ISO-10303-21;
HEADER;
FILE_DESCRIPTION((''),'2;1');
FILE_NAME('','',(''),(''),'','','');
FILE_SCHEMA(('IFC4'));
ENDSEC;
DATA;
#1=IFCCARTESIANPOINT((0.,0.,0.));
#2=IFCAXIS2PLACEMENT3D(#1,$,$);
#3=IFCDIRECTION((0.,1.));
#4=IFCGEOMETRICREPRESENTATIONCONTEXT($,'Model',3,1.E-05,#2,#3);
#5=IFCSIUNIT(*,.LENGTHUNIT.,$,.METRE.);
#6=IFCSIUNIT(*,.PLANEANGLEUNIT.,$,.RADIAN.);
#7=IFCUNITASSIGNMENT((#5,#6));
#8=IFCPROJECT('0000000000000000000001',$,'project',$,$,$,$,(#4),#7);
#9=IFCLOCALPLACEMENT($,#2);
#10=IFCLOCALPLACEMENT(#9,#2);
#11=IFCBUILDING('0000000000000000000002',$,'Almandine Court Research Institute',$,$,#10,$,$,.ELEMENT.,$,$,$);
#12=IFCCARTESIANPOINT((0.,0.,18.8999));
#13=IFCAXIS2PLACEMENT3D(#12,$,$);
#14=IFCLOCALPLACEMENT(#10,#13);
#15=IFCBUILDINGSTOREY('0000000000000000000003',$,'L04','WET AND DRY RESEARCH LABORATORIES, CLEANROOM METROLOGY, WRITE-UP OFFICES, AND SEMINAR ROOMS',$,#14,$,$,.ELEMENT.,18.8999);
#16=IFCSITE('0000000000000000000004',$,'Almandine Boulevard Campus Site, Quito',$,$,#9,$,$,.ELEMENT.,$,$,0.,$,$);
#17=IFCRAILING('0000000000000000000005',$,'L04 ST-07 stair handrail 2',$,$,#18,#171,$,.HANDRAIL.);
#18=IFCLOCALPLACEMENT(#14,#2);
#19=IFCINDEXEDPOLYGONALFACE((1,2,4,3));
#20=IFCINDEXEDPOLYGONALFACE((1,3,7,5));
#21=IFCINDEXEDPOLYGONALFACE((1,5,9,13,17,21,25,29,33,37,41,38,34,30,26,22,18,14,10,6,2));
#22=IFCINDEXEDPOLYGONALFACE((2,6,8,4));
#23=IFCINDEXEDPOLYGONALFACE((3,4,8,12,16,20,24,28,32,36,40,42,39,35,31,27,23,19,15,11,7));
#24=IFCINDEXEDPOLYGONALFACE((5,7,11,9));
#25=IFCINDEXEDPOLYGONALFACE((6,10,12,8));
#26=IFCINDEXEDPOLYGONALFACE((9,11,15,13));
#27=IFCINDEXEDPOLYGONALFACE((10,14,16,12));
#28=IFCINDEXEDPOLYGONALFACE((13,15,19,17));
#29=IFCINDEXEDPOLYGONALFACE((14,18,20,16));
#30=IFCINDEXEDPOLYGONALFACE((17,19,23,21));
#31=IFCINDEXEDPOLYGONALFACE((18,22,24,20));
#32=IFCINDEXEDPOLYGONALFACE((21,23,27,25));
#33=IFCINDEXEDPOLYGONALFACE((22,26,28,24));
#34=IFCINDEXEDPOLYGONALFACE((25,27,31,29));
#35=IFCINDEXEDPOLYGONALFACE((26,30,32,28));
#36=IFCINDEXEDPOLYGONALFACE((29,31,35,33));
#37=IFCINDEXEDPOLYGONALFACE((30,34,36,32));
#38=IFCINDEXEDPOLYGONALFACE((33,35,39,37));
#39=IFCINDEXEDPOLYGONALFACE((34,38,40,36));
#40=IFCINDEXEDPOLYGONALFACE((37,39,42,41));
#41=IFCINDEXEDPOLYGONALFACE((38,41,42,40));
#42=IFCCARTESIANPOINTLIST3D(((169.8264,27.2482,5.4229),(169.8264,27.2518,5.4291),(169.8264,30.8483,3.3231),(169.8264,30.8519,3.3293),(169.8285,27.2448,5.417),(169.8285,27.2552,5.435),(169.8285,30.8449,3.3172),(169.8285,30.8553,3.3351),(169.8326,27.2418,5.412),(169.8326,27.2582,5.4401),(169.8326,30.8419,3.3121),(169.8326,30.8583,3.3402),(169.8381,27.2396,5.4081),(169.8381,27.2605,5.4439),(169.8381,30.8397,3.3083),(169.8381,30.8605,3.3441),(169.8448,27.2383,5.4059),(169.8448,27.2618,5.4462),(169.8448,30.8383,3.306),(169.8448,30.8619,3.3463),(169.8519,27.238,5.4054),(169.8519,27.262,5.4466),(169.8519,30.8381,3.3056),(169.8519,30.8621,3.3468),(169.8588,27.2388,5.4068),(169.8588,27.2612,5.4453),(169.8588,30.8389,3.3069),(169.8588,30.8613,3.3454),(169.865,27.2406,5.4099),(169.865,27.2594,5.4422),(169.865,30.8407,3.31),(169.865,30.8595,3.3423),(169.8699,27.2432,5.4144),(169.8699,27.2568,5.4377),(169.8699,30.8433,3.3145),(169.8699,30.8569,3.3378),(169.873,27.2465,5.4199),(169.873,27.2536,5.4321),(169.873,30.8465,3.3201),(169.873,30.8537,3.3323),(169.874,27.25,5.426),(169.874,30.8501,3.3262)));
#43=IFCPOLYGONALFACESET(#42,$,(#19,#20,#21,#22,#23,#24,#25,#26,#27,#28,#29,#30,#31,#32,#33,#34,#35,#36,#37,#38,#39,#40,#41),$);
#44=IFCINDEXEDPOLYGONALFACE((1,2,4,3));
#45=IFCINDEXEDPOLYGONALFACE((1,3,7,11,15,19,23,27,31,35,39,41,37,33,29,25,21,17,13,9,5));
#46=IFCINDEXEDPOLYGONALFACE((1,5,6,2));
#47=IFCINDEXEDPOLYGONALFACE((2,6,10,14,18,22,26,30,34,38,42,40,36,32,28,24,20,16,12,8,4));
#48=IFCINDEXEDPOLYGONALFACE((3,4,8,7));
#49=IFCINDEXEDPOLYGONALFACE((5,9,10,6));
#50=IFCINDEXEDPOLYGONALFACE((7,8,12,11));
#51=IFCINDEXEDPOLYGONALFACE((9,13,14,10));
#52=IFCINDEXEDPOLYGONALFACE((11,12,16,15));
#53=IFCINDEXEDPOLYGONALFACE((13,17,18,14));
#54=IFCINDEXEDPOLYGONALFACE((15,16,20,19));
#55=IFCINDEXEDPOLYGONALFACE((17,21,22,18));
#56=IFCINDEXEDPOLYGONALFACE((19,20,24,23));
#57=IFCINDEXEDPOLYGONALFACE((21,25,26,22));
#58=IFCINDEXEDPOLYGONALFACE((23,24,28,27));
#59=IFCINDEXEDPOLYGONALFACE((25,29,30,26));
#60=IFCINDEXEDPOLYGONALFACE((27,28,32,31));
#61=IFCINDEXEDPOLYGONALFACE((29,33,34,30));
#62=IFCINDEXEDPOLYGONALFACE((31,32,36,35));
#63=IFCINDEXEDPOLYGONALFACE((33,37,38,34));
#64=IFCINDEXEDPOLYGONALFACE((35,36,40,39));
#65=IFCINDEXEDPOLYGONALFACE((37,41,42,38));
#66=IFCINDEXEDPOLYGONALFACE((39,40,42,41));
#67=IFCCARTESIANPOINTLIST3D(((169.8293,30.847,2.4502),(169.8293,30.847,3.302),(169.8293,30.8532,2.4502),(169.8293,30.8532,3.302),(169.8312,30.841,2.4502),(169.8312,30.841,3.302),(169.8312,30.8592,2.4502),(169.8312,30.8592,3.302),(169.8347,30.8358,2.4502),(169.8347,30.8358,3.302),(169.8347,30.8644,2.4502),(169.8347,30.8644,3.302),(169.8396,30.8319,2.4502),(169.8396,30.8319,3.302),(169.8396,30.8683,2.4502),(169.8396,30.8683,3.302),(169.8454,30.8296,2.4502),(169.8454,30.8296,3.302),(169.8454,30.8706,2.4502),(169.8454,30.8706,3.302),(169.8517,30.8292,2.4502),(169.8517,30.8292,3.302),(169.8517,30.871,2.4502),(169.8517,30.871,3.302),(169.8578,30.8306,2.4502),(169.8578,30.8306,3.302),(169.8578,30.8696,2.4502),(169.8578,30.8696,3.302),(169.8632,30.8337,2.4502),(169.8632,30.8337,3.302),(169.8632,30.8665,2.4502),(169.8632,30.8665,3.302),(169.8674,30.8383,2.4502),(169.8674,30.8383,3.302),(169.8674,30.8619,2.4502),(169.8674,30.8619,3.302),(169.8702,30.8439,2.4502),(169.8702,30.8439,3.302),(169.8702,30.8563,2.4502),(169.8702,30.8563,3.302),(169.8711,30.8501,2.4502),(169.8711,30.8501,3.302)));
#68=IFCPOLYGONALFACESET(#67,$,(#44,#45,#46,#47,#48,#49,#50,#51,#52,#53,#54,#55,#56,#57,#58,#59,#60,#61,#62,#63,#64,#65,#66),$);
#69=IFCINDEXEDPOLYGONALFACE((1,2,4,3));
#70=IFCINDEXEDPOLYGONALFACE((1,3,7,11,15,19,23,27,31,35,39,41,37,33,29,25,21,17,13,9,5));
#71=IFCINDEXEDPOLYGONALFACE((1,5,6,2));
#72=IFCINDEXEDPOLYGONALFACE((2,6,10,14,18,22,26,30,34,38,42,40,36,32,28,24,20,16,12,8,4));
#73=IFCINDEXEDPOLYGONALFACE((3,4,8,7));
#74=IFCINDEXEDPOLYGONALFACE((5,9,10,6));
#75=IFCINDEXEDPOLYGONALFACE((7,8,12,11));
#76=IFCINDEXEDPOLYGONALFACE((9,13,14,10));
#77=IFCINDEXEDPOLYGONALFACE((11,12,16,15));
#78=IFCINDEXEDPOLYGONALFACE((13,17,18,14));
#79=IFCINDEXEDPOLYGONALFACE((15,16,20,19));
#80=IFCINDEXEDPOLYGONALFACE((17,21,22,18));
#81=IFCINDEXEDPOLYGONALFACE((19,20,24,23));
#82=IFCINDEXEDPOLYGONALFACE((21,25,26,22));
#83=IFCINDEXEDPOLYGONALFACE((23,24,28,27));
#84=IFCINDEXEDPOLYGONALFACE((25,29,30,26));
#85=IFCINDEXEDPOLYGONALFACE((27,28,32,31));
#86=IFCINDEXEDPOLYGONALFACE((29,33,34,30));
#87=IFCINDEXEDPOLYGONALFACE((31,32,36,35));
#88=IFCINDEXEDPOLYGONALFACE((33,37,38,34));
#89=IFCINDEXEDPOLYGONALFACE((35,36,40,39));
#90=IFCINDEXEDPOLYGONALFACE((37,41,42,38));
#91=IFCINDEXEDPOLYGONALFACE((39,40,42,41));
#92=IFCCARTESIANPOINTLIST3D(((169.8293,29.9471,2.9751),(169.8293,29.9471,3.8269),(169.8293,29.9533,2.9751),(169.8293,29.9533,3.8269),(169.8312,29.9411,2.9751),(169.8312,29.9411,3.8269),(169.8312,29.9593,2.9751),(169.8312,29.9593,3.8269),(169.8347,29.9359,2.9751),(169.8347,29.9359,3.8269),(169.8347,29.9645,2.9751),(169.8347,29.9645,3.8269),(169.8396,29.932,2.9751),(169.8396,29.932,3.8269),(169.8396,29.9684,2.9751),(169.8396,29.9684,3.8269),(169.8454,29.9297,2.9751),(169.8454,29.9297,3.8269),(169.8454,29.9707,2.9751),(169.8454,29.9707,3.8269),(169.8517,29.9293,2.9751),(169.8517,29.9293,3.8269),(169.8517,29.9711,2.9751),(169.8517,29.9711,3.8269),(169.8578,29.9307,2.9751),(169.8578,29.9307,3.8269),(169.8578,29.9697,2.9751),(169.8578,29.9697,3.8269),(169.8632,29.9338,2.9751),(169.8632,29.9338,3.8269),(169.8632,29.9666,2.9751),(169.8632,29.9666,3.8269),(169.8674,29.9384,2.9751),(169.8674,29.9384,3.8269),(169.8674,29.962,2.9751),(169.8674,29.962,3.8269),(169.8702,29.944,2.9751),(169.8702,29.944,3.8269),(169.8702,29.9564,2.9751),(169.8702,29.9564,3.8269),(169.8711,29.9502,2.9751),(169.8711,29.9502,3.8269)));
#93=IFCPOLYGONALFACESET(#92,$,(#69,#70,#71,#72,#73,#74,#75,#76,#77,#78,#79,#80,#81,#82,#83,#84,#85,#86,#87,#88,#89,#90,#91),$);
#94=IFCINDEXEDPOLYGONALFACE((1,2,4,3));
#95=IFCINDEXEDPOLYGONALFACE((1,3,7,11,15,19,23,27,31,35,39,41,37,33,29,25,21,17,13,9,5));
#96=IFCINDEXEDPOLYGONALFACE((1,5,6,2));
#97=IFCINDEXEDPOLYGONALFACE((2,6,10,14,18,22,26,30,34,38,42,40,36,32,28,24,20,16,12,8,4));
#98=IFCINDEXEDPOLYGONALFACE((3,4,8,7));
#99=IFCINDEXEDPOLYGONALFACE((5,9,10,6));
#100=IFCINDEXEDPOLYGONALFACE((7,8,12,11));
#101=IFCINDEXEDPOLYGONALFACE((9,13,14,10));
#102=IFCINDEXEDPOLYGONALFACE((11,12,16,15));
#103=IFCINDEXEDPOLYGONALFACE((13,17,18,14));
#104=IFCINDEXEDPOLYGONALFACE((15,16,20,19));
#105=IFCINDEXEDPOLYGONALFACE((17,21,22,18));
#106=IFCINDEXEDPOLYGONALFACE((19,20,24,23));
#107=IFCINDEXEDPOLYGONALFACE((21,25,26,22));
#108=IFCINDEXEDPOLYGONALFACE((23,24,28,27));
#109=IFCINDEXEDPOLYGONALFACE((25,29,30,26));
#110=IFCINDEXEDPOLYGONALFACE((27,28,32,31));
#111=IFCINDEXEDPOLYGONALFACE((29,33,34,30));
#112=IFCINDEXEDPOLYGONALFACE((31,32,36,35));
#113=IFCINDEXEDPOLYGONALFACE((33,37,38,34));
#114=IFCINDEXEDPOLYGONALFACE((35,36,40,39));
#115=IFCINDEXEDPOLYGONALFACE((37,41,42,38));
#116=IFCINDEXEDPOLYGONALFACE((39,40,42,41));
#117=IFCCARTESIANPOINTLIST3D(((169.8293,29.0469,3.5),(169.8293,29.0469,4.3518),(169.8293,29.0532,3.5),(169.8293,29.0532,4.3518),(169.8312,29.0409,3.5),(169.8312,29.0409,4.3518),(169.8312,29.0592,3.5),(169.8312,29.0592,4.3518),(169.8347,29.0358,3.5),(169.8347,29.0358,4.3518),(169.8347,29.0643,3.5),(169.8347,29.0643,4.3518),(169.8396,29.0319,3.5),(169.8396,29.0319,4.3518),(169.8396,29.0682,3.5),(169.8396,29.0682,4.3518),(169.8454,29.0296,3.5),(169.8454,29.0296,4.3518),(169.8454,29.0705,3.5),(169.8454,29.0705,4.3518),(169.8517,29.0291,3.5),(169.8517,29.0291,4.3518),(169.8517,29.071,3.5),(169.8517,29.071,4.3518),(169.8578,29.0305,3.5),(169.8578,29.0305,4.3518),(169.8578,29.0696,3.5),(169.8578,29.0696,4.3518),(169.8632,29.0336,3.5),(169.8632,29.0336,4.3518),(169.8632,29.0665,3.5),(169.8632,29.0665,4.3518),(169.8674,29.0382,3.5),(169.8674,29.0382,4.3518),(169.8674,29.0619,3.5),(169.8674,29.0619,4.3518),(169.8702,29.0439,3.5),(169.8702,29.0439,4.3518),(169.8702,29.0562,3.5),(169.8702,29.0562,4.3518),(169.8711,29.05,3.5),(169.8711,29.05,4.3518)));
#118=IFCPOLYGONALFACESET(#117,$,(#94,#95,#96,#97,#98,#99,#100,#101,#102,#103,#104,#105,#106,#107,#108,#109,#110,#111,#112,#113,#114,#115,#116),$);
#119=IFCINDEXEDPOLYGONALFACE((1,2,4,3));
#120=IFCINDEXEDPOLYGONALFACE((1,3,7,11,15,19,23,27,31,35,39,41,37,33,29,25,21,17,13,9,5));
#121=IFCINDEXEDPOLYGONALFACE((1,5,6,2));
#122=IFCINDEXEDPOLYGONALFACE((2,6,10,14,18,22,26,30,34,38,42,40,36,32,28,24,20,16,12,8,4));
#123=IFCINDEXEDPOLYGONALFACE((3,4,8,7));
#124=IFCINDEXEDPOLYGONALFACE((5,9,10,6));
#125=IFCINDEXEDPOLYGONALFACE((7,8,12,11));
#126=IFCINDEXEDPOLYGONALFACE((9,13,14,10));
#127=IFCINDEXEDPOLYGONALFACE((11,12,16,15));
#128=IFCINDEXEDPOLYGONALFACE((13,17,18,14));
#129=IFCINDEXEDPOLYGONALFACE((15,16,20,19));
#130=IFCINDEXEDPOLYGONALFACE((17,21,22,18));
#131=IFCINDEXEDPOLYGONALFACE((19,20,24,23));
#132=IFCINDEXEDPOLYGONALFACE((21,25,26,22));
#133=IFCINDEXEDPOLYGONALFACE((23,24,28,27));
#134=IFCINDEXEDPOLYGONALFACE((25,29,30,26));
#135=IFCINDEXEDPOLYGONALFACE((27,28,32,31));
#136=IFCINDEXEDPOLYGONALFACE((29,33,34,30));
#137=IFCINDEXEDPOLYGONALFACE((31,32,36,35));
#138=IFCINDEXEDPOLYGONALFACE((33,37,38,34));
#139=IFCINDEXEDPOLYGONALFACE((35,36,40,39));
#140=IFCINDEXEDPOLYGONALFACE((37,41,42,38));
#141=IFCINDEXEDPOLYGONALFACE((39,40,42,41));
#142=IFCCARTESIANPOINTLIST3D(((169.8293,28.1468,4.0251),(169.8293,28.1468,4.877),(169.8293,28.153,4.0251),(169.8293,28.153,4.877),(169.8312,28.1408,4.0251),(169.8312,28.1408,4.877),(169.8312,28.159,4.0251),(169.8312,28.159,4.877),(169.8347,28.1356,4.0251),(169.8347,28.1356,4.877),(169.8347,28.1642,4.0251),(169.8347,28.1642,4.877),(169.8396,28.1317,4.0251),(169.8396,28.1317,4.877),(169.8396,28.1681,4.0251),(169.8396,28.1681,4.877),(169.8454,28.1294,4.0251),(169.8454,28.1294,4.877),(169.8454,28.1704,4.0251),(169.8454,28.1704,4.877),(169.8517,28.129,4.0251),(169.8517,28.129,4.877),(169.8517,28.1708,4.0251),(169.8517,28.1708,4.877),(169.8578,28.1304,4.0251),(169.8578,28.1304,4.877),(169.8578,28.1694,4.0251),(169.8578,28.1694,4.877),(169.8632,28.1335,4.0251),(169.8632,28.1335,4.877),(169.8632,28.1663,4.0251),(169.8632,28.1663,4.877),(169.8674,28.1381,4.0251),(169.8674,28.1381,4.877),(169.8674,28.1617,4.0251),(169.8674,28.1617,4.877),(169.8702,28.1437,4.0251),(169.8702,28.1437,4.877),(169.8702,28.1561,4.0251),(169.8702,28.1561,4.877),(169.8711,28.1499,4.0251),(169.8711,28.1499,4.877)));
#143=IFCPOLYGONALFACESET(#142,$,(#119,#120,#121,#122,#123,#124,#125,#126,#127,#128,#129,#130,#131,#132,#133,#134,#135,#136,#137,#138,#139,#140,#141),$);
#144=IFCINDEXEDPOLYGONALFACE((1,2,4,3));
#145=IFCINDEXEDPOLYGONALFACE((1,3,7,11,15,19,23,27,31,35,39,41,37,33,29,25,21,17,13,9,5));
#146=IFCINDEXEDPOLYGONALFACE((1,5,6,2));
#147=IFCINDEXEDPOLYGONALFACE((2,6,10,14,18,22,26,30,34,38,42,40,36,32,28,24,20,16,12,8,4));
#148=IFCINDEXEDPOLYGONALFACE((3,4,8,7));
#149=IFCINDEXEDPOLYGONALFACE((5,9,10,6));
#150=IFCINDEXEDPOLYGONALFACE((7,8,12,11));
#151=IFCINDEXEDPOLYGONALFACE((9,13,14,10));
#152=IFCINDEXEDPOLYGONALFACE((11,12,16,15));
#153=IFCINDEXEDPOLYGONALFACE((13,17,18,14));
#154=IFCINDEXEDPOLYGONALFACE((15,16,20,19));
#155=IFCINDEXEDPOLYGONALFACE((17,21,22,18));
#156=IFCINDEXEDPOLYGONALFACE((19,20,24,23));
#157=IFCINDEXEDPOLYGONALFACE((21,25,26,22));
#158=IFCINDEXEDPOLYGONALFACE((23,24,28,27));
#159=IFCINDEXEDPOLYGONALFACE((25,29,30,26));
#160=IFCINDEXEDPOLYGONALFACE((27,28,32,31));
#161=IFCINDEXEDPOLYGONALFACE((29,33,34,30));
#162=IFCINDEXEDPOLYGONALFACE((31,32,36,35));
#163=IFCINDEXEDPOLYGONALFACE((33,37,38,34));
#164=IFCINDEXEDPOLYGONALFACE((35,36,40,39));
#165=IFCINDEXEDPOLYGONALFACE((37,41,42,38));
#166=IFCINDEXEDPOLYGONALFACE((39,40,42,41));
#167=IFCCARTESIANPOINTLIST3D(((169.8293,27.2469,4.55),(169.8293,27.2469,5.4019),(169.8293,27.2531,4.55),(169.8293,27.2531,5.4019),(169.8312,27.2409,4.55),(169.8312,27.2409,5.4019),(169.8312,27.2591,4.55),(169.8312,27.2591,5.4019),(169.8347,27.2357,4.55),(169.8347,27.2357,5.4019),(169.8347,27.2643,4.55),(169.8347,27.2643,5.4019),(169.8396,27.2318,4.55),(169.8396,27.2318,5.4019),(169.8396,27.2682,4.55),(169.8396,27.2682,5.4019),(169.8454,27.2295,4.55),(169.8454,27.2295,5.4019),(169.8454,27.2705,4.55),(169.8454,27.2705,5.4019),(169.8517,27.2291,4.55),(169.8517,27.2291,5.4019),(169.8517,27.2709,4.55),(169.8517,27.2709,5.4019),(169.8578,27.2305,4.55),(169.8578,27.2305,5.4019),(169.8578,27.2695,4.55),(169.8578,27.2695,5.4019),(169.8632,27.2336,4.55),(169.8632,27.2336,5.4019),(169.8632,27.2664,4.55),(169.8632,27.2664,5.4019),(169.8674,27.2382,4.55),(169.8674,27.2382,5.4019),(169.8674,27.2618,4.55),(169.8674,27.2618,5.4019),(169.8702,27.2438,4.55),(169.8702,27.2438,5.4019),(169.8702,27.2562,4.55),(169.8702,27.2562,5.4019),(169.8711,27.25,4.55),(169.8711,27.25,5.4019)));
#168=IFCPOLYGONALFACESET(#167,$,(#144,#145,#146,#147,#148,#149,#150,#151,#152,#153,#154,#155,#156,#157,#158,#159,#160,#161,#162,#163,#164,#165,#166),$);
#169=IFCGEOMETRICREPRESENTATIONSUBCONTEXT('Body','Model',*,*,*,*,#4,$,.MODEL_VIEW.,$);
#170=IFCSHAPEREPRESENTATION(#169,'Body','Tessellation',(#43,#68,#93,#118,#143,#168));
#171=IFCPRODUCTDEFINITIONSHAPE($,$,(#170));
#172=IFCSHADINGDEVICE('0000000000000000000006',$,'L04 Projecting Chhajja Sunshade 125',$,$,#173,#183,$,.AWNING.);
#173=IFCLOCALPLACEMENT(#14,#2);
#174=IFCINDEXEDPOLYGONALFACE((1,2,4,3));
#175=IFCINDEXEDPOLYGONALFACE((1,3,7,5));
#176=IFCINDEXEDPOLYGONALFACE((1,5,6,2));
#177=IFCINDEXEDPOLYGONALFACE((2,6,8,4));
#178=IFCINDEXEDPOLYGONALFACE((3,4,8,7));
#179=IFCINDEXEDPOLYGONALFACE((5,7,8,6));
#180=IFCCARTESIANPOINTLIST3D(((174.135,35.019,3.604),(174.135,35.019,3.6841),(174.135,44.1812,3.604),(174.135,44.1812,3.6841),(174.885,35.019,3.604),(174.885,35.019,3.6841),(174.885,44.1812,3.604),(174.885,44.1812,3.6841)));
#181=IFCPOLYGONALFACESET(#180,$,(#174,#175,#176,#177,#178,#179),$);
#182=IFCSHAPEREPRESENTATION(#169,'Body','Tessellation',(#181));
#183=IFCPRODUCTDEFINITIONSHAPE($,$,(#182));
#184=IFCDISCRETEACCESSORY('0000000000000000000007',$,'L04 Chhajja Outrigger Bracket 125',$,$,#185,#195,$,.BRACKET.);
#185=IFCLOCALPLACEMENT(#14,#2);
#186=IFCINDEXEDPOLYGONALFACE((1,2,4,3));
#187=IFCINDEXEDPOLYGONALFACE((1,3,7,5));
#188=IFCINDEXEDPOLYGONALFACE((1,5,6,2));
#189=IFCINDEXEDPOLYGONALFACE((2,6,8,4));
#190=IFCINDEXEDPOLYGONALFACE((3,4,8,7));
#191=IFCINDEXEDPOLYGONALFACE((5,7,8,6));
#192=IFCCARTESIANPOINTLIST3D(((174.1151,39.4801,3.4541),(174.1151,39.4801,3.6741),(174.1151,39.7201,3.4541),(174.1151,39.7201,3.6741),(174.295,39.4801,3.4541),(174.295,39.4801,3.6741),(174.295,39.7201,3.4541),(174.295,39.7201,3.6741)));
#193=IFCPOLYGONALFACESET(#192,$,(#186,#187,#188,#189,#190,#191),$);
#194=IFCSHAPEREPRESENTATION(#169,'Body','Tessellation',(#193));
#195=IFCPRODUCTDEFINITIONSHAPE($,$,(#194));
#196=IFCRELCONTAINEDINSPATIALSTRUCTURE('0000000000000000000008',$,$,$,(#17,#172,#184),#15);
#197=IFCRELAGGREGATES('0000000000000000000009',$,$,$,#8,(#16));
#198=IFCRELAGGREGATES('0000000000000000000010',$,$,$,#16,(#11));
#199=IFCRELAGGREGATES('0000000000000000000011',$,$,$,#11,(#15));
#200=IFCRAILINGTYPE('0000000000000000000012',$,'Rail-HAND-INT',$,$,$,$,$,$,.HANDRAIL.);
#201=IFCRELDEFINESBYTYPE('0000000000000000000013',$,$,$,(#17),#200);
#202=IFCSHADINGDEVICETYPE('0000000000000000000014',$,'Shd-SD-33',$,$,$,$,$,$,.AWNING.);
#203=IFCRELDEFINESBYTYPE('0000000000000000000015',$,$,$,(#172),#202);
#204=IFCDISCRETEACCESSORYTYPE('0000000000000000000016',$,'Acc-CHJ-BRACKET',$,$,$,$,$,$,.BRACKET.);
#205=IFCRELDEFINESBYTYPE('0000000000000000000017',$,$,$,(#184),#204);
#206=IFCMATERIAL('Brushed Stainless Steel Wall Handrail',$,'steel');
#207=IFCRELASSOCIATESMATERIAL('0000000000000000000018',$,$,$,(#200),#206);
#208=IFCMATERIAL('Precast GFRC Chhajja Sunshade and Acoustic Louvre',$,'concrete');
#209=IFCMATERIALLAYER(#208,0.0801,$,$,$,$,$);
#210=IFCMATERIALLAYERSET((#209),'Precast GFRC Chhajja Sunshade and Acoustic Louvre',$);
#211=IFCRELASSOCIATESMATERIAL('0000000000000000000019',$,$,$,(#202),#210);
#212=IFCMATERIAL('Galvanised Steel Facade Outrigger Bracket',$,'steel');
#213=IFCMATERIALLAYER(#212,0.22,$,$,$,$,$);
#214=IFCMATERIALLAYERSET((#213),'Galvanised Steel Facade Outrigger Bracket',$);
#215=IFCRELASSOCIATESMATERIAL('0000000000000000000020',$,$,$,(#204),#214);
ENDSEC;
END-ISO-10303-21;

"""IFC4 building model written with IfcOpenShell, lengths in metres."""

from ifc_helpers import new_model, si_unit, direction, frame, origin, origin_2d, place, context, subcontext, project, spatial, rectangle, circle, extrude, material, layer, layer_set, type_object, element, save


model = new_model("IFC4")

# Units and contexts
model_context = context("Model", 3, precision=1e-05, world=origin(), true_north=direction((0.0, 1.0)))
body_context = subcontext(model_context, "Body", "Model", "MODEL_VIEW")
ifc_project = project(units=[si_unit("LENGTHUNIT", "METRE"), si_unit("PLANEANGLEUNIT", "RADIAN")], contexts=[model_context])

# Site, building, storey
site_placement = place(None, origin())
site = spatial("IfcSite", under=ifc_project, at=site_placement, Name="Almandine Boulevard Campus Site, Quito", CompositionType="ELEMENT", RefElevation=0.0)
building_placement = place(site_placement, origin())
building = spatial("IfcBuilding", under=site, at=building_placement, Name="Almandine Court Research Institute", CompositionType="ELEMENT")
storey_placement = place(building_placement, frame((0.0, 0.0, 18.8999)))
storey = spatial("IfcBuildingStorey", under=building, at=storey_placement, Name="L04", Description="WET AND DRY RESEARCH LABORATORIES, CLEANROOM METROLOGY, WRITE-UP OFFICES, AND SEMINAR ROOMS", CompositionType="ELEMENT", Elevation=18.8999)

# Railing
ifc_material_1 = material(Name="Brushed Stainless Steel Wall Handrail", Category="steel")
railing_type_1 = type_object("IfcRailingType", Name="Rail-HAND-INT", PredefinedType="HANDRAIL", material=ifc_material_1)
railing_1_placement = place(storey_placement, frame((169.8501, 30.8501, 2.4502)))
element("IfcRailing", 1, at=railing_1_placement, inside=storey, type_object=railing_type_1, Name="L04 ST-07 stair handrail 2", PredefinedType="HANDRAIL", context=body_context, shape_type="SweptSolid", body=[
    extrude(circle(Radius=0.0239, at=origin_2d()), frame((0.0, 0.0, 0.876), z_axis=(0.0, -0.8638, 0.503835), x_axis=(1.0, 0.0, 0.0)), (0.0, 0.0, 1.0), 4.1677),
    extrude(circle(Radius=0.021, at=origin_2d()), origin(), (0.0, 0.0, 1.0), 0.8518),
    extrude(circle(Radius=0.021, at=origin_2d()), frame((0.0, -0.8999, 0.5249)), (0.0, 0.0, 1.0), 0.8518),
    extrude(circle(Radius=0.021, at=origin_2d()), frame((0.0, -1.8, 1.0498)), (0.0, 0.0, 1.0), 0.8518),
    extrude(circle(Radius=0.021, at=origin_2d()), frame((0.0, -2.7002, 1.575)), (0.0, 0.0, 1.0), 0.8518),
    extrude(circle(Radius=0.021, at=origin_2d()), frame((0.0, -3.6001, 2.0999)), (0.0, 0.0, 1.0), 0.8518),
])

# Shading device
ifc_material_2 = material(Name="Precast GFRC Chhajja Sunshade and Acoustic Louvre", Category="concrete")
ifc_layer_1 = layer(ifc_material_2, 0.0801)
ifc_layer_set_1 = layer_set([ifc_layer_1], Name="Precast GFRC Chhajja Sunshade and Acoustic Louvre")
shading_device_type = type_object("IfcShadingDeviceType", Name="Shd-SD-33", PredefinedType="AWNING", material=ifc_layer_set_1)
shading_device_placement = place(storey_placement, frame((174.51, 39.6001, 3.604), z_axis=(0.0, 0.0, 1.0), x_axis=(0.0, -1.0, 0.0)))
element("IfcShadingDevice", 2, at=shading_device_placement, inside=storey, type_object=shading_device_type, Name="L04 Projecting Chhajja Sunshade 125", PredefinedType="AWNING", context=body_context, shape_type="SweptSolid", body=[
    extrude(rectangle(XDim=9.1621, YDim=0.75, at=origin_2d()), origin(), (0.0, 0.0, 1.0), 0.0801),
])

# Discrete accessory
ifc_material_3 = material(Name="Galvanised Steel Facade Outrigger Bracket", Category="steel")
ifc_layer_2 = layer(ifc_material_3, 0.22)
ifc_layer_set_2 = layer_set([ifc_layer_2], Name="Galvanised Steel Facade Outrigger Bracket")
discrete_accessory_type = type_object("IfcDiscreteAccessoryType", Name="Acc-CHJ-BRACKET", PredefinedType="BRACKET", material=ifc_layer_set_2)
discrete_accessory_placement = place(storey_placement, frame((174.2051, 39.6001, 3.4541), z_axis=(0.0, 0.0, 1.0), x_axis=(0.0, -1.0, 0.0)))
element("IfcDiscreteAccessory", 3, at=discrete_accessory_placement, inside=storey, type_object=discrete_accessory_type, Name="L04 Chhajja Outrigger Bracket 125", PredefinedType="BRACKET", context=body_context, shape_type="SweptSolid", body=[
    extrude(rectangle(XDim=0.24, YDim=0.1799, at=origin_2d()), origin(), (0.0, 0.0, 1.0), 0.22),
])

save(model, "model.ifc")
